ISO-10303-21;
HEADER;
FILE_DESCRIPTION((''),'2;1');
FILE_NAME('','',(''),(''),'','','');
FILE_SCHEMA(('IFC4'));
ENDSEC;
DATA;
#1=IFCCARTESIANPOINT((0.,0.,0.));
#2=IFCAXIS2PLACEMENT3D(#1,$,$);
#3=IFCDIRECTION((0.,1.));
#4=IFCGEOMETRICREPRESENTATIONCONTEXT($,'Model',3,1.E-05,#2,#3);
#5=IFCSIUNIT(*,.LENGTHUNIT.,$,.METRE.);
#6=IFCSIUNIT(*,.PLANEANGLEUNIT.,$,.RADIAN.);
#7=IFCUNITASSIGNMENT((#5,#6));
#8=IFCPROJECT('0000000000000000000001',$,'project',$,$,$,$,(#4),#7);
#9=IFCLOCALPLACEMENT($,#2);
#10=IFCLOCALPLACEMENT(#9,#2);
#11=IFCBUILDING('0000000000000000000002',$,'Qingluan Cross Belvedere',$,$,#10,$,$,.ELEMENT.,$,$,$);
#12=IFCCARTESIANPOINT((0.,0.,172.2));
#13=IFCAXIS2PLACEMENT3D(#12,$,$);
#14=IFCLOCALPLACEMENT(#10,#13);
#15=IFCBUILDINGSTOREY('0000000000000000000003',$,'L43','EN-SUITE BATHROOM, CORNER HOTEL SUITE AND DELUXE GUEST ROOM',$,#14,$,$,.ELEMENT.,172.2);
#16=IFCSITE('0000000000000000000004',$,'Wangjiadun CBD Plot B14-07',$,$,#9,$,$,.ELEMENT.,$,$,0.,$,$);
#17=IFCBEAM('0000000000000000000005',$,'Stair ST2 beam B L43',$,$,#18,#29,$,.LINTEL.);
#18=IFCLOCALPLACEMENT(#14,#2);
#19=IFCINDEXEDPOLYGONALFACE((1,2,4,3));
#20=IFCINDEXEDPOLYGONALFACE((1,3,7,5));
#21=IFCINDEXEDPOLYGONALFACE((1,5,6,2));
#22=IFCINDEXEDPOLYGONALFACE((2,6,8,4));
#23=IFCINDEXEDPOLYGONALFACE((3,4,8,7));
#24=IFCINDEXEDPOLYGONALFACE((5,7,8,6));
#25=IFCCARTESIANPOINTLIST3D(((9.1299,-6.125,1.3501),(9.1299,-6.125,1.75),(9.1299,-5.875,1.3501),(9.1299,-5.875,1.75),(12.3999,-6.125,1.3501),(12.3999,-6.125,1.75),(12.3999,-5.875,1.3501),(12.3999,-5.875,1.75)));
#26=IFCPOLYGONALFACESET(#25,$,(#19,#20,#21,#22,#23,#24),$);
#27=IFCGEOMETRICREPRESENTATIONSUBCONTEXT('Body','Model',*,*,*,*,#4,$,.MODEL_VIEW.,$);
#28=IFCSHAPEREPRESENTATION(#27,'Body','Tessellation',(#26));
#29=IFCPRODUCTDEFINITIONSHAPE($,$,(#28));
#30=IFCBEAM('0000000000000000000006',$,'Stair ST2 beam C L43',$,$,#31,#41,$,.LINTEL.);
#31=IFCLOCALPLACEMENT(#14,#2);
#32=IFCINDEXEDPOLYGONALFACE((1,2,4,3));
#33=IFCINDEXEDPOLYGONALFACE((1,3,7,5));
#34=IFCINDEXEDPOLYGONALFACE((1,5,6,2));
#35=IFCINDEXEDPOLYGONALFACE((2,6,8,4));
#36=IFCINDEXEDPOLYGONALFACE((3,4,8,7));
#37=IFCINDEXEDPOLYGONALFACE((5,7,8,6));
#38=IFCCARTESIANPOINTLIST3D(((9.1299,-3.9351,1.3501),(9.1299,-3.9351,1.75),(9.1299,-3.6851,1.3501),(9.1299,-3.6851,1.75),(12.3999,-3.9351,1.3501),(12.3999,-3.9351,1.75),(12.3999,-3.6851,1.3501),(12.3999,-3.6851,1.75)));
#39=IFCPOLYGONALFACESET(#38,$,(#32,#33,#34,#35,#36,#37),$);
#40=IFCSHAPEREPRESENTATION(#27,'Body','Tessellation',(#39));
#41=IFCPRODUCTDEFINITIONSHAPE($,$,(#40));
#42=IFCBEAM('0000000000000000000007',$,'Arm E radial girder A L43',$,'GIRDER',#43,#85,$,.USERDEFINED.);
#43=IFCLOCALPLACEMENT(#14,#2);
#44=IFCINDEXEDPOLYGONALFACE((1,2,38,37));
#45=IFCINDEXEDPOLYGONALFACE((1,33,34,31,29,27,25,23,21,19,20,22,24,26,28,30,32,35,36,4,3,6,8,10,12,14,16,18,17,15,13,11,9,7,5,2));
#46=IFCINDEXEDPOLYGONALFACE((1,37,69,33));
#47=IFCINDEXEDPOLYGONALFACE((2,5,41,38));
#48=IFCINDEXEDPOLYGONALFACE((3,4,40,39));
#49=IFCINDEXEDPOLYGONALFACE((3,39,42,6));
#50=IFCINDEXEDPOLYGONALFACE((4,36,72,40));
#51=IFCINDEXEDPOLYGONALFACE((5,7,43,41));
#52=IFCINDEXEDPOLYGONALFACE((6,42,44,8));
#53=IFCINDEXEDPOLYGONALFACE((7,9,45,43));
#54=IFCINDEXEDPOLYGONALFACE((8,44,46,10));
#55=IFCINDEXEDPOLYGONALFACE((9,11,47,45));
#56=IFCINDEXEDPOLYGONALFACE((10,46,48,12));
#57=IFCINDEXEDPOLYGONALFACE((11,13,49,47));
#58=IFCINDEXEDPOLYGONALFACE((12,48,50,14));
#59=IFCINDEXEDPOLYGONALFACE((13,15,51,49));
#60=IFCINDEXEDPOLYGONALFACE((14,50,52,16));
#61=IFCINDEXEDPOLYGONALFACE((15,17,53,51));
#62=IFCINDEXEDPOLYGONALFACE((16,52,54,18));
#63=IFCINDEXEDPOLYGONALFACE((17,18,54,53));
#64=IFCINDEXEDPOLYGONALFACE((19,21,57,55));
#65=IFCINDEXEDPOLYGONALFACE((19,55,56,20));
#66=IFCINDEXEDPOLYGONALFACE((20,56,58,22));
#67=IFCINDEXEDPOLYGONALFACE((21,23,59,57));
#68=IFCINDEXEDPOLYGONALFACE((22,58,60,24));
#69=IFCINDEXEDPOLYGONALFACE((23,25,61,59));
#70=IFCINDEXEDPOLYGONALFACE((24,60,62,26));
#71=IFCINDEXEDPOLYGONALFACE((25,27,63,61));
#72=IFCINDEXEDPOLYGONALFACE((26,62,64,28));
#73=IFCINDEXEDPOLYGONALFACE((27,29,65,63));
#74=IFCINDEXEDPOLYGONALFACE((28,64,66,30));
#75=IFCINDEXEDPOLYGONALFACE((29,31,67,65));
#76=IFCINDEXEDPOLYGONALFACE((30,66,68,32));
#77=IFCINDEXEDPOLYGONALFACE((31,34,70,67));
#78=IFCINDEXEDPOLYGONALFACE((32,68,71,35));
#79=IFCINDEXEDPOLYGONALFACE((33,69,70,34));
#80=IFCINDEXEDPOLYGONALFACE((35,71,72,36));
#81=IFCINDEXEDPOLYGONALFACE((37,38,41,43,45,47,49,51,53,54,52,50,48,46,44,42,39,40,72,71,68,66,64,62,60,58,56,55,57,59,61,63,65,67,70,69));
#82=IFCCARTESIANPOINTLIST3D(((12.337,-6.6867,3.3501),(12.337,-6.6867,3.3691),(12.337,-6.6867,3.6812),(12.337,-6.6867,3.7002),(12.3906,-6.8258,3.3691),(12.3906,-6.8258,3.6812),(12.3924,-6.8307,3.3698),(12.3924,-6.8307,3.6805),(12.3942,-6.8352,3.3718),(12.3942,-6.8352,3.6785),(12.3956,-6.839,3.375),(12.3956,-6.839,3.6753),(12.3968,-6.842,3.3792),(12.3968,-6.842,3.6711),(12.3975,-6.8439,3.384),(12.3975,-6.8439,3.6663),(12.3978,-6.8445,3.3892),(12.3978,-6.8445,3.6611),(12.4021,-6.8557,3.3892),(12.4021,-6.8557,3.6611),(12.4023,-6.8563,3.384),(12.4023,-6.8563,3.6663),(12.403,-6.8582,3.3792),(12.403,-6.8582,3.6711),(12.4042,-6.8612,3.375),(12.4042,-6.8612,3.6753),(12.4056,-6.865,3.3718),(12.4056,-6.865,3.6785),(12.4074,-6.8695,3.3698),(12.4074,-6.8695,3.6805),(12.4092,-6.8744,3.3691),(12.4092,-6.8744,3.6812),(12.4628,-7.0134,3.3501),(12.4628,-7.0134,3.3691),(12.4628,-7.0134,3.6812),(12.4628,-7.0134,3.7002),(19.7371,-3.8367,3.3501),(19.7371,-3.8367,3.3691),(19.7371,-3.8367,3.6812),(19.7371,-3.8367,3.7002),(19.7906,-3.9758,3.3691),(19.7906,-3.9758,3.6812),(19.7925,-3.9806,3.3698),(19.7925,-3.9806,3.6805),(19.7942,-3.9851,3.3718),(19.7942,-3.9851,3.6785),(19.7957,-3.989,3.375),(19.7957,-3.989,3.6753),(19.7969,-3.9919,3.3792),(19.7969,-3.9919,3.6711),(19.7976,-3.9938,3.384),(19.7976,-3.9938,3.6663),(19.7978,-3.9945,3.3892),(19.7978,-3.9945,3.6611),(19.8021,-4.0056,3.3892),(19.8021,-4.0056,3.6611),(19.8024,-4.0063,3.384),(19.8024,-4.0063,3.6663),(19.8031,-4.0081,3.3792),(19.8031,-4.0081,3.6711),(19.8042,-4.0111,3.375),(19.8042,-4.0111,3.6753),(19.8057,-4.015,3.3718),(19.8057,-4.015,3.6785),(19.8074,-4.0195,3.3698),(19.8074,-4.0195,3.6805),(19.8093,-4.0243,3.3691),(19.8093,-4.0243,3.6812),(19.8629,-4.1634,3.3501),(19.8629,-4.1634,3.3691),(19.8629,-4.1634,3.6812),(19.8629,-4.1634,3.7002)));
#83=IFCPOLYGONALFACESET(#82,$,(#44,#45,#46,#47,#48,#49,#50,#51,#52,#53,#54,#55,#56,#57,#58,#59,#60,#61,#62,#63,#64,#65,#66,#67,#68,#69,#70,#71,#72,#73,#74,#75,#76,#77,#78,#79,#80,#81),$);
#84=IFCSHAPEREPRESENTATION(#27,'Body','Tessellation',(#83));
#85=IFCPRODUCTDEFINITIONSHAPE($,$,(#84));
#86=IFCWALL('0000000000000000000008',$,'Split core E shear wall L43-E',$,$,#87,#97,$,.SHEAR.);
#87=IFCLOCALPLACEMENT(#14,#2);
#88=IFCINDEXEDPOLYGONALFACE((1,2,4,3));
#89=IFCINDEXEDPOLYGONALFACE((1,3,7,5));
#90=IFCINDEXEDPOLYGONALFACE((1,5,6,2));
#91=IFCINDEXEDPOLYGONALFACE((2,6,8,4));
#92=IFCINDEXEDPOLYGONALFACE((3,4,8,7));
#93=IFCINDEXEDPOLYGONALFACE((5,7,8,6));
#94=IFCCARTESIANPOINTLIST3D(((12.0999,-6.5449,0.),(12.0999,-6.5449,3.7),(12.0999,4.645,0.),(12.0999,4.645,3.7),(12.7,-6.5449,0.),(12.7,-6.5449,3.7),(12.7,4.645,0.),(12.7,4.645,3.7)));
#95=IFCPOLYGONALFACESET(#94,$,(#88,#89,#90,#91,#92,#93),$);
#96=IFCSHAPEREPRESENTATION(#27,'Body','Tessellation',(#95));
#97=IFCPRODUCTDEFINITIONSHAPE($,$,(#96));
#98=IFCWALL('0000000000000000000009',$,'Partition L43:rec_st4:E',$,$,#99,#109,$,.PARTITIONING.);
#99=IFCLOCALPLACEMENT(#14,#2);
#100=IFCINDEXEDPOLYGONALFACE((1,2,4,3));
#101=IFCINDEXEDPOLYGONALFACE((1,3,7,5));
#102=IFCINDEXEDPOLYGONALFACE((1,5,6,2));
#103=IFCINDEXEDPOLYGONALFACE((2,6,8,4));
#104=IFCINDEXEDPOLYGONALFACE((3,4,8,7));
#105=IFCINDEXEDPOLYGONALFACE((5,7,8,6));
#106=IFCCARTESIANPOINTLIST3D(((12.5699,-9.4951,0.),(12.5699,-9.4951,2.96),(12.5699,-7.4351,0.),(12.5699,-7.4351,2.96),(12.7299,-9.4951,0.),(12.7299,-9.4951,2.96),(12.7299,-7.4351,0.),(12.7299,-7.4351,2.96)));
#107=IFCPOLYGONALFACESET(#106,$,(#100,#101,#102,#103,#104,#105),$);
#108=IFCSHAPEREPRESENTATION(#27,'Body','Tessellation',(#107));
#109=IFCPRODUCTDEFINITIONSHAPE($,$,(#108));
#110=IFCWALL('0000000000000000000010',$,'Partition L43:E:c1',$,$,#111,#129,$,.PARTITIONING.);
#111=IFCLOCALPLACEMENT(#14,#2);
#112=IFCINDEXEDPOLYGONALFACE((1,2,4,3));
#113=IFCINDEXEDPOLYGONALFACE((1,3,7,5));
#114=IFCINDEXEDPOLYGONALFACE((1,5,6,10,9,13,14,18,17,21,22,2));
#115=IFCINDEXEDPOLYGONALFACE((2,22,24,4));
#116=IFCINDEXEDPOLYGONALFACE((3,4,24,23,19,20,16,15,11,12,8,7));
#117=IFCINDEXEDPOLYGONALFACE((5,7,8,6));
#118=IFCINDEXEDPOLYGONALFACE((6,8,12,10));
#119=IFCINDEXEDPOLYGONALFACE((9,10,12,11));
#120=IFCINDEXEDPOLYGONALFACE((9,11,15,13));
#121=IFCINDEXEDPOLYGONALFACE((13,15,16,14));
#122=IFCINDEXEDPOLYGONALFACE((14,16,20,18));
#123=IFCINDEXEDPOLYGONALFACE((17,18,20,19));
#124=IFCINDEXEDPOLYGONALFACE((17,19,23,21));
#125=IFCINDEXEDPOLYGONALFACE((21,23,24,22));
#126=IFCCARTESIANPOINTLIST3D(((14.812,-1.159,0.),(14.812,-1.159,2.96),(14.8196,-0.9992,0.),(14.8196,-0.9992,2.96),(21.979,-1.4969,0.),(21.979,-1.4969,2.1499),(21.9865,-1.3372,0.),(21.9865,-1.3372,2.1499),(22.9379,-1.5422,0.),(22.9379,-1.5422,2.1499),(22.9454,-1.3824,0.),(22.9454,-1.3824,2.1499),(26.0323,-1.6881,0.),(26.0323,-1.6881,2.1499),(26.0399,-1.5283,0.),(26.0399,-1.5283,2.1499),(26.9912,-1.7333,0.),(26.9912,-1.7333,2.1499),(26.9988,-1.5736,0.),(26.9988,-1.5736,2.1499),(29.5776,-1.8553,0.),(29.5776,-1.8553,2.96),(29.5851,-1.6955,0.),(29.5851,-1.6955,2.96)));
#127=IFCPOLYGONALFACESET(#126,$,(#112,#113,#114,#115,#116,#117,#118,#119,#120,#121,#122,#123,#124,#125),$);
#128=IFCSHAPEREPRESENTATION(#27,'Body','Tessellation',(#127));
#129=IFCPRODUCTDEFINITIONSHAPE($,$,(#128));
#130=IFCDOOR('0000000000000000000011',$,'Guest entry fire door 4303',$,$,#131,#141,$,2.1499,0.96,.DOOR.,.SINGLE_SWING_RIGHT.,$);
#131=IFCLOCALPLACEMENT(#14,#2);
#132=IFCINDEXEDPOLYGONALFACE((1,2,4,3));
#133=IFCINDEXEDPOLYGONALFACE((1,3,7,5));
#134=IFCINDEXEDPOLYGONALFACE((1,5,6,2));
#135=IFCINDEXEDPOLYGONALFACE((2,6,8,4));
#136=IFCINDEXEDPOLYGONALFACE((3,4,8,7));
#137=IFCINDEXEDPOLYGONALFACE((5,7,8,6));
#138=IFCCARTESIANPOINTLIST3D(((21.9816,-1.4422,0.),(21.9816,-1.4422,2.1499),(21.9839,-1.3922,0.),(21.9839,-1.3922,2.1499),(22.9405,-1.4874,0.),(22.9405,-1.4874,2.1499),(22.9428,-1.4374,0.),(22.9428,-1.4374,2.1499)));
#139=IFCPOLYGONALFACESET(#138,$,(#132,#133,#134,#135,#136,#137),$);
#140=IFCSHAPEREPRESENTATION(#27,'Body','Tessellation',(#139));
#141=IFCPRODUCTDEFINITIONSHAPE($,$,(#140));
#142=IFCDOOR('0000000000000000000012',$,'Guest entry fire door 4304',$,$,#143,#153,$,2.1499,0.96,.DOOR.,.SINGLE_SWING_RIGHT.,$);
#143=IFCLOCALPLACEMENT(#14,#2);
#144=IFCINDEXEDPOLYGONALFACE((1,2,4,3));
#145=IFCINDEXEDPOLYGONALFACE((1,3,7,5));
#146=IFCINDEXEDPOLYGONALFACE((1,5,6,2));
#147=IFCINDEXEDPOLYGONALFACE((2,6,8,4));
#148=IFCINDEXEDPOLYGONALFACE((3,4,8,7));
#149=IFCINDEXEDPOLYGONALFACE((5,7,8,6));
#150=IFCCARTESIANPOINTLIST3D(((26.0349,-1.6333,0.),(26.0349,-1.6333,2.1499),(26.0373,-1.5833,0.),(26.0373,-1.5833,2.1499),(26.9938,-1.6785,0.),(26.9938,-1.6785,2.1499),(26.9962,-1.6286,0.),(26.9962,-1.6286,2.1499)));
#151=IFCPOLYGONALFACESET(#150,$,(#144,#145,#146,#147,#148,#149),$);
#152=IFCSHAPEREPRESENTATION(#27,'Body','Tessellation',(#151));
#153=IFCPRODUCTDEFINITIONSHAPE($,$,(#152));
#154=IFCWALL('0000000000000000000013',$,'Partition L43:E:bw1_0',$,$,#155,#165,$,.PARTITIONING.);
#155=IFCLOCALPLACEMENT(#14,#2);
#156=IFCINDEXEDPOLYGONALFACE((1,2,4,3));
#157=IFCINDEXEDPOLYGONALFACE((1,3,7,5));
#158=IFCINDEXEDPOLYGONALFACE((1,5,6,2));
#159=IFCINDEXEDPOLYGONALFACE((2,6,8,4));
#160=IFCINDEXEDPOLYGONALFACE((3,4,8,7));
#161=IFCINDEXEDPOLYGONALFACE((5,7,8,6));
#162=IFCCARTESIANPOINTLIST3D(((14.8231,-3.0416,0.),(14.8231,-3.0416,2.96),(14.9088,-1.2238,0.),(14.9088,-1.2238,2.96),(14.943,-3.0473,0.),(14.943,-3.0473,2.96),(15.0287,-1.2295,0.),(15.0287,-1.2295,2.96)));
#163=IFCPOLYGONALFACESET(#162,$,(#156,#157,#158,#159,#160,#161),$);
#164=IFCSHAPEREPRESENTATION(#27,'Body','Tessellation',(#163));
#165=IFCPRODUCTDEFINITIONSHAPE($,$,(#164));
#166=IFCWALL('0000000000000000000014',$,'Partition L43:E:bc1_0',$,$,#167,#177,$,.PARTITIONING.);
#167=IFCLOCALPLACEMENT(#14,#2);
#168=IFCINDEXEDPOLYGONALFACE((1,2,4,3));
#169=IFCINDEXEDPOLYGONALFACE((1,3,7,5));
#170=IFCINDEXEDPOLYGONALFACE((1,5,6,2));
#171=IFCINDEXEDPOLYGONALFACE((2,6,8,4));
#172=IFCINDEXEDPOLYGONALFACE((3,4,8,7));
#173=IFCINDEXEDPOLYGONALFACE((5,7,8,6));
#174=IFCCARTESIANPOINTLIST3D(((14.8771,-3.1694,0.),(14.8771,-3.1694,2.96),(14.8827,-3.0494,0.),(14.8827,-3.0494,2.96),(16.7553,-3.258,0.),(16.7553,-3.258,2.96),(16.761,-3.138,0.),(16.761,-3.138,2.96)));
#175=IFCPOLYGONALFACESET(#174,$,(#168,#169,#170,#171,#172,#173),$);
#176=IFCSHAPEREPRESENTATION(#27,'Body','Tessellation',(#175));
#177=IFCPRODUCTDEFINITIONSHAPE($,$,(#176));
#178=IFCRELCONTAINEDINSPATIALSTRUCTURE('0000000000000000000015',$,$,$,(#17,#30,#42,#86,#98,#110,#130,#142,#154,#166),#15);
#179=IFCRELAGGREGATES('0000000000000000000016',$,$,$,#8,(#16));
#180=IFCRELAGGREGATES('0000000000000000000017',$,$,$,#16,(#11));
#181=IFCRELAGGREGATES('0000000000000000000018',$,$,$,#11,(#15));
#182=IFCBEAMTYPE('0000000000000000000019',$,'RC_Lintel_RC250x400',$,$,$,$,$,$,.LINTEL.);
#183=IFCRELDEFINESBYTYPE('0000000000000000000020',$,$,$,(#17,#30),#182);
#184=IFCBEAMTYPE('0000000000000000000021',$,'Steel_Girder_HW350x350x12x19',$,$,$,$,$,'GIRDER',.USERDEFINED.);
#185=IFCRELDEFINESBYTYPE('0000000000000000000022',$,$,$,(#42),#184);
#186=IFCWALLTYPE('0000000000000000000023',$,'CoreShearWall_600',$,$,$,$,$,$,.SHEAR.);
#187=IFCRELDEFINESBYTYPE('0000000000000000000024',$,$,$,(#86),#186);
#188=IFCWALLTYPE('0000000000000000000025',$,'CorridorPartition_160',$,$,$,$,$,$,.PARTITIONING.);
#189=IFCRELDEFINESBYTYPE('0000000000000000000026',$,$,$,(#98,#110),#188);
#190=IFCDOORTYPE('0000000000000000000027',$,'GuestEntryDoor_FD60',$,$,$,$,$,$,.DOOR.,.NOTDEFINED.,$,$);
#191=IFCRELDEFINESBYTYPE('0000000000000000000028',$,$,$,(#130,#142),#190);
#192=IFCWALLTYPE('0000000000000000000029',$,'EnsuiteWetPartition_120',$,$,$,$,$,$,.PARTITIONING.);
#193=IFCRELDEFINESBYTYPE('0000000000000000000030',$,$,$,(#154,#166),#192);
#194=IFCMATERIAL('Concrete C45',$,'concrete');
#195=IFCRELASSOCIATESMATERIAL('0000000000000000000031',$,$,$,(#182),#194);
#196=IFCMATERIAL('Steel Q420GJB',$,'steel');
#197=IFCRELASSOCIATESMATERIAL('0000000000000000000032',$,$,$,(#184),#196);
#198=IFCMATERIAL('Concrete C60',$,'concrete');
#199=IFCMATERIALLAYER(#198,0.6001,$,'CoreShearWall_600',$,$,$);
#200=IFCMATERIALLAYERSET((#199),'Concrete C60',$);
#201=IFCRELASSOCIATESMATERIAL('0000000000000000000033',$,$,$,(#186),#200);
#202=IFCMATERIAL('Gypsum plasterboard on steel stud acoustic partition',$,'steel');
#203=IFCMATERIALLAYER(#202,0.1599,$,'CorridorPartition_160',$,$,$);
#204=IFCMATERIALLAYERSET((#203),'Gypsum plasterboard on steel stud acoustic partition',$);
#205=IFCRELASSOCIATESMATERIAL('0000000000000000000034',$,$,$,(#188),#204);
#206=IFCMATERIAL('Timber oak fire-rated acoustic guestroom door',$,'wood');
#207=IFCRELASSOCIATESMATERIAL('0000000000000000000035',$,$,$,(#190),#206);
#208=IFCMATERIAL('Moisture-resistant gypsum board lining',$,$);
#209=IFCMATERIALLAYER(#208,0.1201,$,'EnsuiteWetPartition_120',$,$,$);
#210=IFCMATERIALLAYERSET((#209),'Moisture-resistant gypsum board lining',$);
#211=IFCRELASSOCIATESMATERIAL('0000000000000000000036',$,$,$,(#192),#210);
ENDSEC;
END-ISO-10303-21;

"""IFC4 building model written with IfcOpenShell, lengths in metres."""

from ifc_helpers import new_model, si_unit, direction, frame, frame_2d, origin, origin_2d, place, context, subcontext, project, spatial, rectangle, i_section, extrude, material, layer, layer_set, material_profile, profile_set, type_object, element, fill, save


model = new_model("IFC4")

# Units and contexts
model_context = context("Model", 3, precision=1e-05, world=origin(), true_north=direction((0.0, 1.0)))
body_context = subcontext(model_context, "Body", "Model", "MODEL_VIEW")
ifc_project = project(units=[si_unit("LENGTHUNIT", "METRE"), si_unit("PLANEANGLEUNIT", "RADIAN")], contexts=[model_context])

# Site, building, storey
site_placement = place(None, origin())
site = spatial("IfcSite", under=ifc_project, at=site_placement, Name="Wangjiadun CBD Plot B14-07", CompositionType="ELEMENT", RefElevation=0.0)
building_placement = place(site_placement, origin())
building = spatial("IfcBuilding", under=site, at=building_placement, Name="Qingluan Cross Belvedere", CompositionType="ELEMENT")
storey_placement = place(building_placement, frame((0.0, 0.0, 172.2)))
storey = spatial("IfcBuildingStorey", under=building, at=storey_placement, Name="L43", Description="EN-SUITE BATHROOM, CORNER HOTEL SUITE AND DELUXE GUEST ROOM", CompositionType="ELEMENT", Elevation=172.2)

# Beams
ifc_material_1 = material(Name="Concrete C45", Category="concrete")
ifc_material_profile_1 = material_profile(ifc_material_1, rectangle(XDim=0.25, YDim=0.3999, at=origin_2d()), Name="RC250x400")
ifc_profile_set_1 = profile_set([ifc_material_profile_1], Name="Concrete C45")
beam_type_1 = type_object("IfcBeamType", Name="RC_Lintel_RC250x400", PredefinedType="LINTEL", material=ifc_profile_set_1)
for number, where, z_axis, x_axis, name in (
    (1, (12.3999, -6.0, 1.55), (-1.0, 0.0, 0.0), (0.0, -1.0, 0.0), "Stair ST2 beam B L43"),
    (2, (12.3999, -3.8101, 1.55), (-1.0, 0.0, 0.0), (0.0, -1.0, 0.0), "Stair ST2 beam C L43"),
):
    element("IfcBeam", number, at=place(storey_placement, frame(where, z_axis=z_axis, x_axis=x_axis)), inside=storey, type_object=beam_type_1, Name=name, PredefinedType="LINTEL", context=body_context, shape_type="SweptSolid", body=[
        extrude(rectangle(XDim=0.25, YDim=0.3999, at=origin_2d()), origin(), (0.0, 0.0, 1.0), 3.27),
    ])
ifc_material_2 = material(Name="Steel Q420GJB", Category="steel")
ifc_material_profile_2 = material_profile(ifc_material_2, i_section(OverallWidth=0.3501, OverallDepth=0.3501, WebThickness=0.012, FlangeThickness=0.019, FilletRadius=0.02, at=origin_2d()), Name="HW350x350x12x19")
ifc_profile_set_2 = profile_set([ifc_material_profile_2], Name="Steel Q420GJB")
beam_type_2 = type_object("IfcBeamType", Name="Steel_Girder_HW350x350x12x19", ElementType="GIRDER", PredefinedType="USERDEFINED", material=ifc_profile_set_2)
beam_placement = place(storey_placement, frame((12.3999, -6.8501, 3.5251), z_axis=(0.933181, 0.359406, 0.0), x_axis=(-0.359406, 0.933181, 0.0)))
element("IfcBeam", 3, at=beam_placement, inside=storey, type_object=beam_type_2, Name="Arm E radial girder A L43", ObjectType="GIRDER", PredefinedType="USERDEFINED", context=body_context, shape_type="SweptSolid", body=[
    extrude(i_section(OverallWidth=0.3501, OverallDepth=0.3501, WebThickness=0.012, FlangeThickness=0.019, FilletRadius=0.02, at=origin_2d()), origin(), (0.0, 0.0, 1.0), 7.9299),
])

# Walls
ifc_material_3 = material(Name="Concrete C60", Category="concrete")
ifc_layer_1 = layer(ifc_material_3, 0.6001, Name="CoreShearWall_600")
ifc_layer_set_1 = layer_set([ifc_layer_1], Name="Concrete C60")
wall_type_1 = type_object("IfcWallType", Name="CoreShearWall_600", PredefinedType="SHEAR", material=ifc_layer_set_1)
wall_1_placement = place(storey_placement, frame((12.3999, -6.5449, 0.0), z_axis=(0.0, 0.0, 1.0), x_axis=(0.0, 1.0, 0.0)))
element("IfcWall", 4, at=wall_1_placement, inside=storey, type_object=wall_type_1, Name="Split core E shear wall L43-E", PredefinedType="SHEAR", context=body_context, shape_type="SweptSolid", body=[
    extrude(rectangle(XDim=11.1899, YDim=0.6001, at=frame_2d((5.595, 0.0))), origin(), (0.0, 0.0, 1.0), 3.7),
])
ifc_material_4 = material(Name="Gypsum plasterboard on steel stud acoustic partition", Category="steel")
ifc_layer_2 = layer(ifc_material_4, 0.1599, Name="CorridorPartition_160")
ifc_layer_set_2 = layer_set([ifc_layer_2], Name="Gypsum plasterboard on steel stud acoustic partition")
wall_type_2 = type_object("IfcWallType", Name="CorridorPartition_160", PredefinedType="PARTITIONING", material=ifc_layer_set_2)
wall_2_placement = place(storey_placement, frame((12.6499, -9.4951, 0.0), z_axis=(0.0, 0.0, 1.0), x_axis=(0.0, 1.0, 0.0)))
element("IfcWall", 5, at=wall_2_placement, inside=storey, type_object=wall_type_2, Name="Partition L43:rec_st4:E", PredefinedType="PARTITIONING", context=body_context, shape_type="SweptSolid", body=[
    extrude(rectangle(XDim=2.0601, YDim=0.1599, at=frame_2d((1.03, 0.0))), origin(), (0.0, 0.0, 1.0), 2.96),
])

# Wall, openings, doors
wall_3_placement = place(storey_placement, frame((14.8157, -1.0791, 0.0), z_axis=(0.0, 0.0, 1.0), x_axis=(0.99889, -0.047104, 0.0)))
wall_3 = element("IfcWall", 6, at=wall_3_placement, inside=storey, type_object=wall_type_2, Name="Partition L43:E:c1", PredefinedType="PARTITIONING", context=body_context, shape_type="SweptSolid", body=[
    extrude(rectangle(XDim=14.782, YDim=0.1599, at=frame_2d((7.3911, 0.0))), origin(), (0.0, 0.0, 1.0), 2.96),
])
opening_1_placement = place(wall_3_placement, frame((7.175, 0.0, 0.0)))
opening_1 = element("IfcOpeningElement", 7, at=opening_1_placement, cuts=wall_3, PredefinedType="OPENING", context=body_context, shape_type="SweptSolid", body=[
    extrude(rectangle(XDim=0.96, YDim=2.1499, at=frame_2d((0.48, 1.075))), frame((0.0, 0.0898, 0.0), z_axis=(0.0, -1.0, 0.0), x_axis=(1.0, 0.0, 0.0)), (0.0, 0.0, 1.0), 0.1799),
])
opening_2_placement = place(wall_3_placement, frame((11.2329, 0.0, 0.0)))
opening_2 = element("IfcOpeningElement", 8, at=opening_2_placement, cuts=wall_3, PredefinedType="OPENING", context=body_context, shape_type="SweptSolid", body=[
    extrude(rectangle(XDim=0.96, YDim=2.1499, at=frame_2d((0.48, 1.075))), frame((0.0, 0.0898, 0.0), z_axis=(0.0, -1.0, 0.0), x_axis=(1.0, 0.0, 0.0)), (0.0, 0.0, 1.0), 0.1799),
])
ifc_material_5 = material(Name="Timber oak fire-rated acoustic guestroom door", Category="wood")
door_type_1 = type_object("IfcDoorType", Name="GuestEntryDoor_FD60", OperationType="NOTDEFINED", PredefinedType="DOOR", material=ifc_material_5)
door_1_placement = place(opening_1_placement, origin())
door_1 = element("IfcDoor", 9, at=door_1_placement, inside=storey, type_object=door_type_1, Name="Guest entry fire door 4303", OperationType="SINGLE_SWING_RIGHT", OverallHeight=2.1499, OverallWidth=0.96, PredefinedType="DOOR", context=body_context, shape_type="SweptSolid", body=[
    extrude(rectangle(XDim=0.96, YDim=2.1499, at=frame_2d((0.48, 1.075))), frame((0.0, 0.0249, 0.0), z_axis=(0.0, -1.0, 0.0), x_axis=(1.0, 0.0, 0.0)), (0.0, 0.0, 1.0), 0.05),
])
fill(opening_1, door_1)
door_2_placement = place(opening_2_placement, origin())
door_2 = element("IfcDoor", 10, at=door_2_placement, inside=storey, type_object=door_type_1, Name="Guest entry fire door 4304", OperationType="SINGLE_SWING_RIGHT", OverallHeight=2.1499, OverallWidth=0.96, PredefinedType="DOOR", context=body_context, shape_type="SweptSolid", body=[
    extrude(rectangle(XDim=0.96, YDim=2.1499, at=frame_2d((0.48, 1.075))), frame((0.0, 0.0249, 0.0), z_axis=(0.0, -1.0, 0.0), x_axis=(1.0, 0.0, 0.0)), (0.0, 0.0, 1.0), 0.05),
])
fill(opening_2, door_2)

# Walls
ifc_material_6 = material(Name="Moisture-resistant gypsum board lining")
ifc_layer_3 = layer(ifc_material_6, 0.1201, Name="EnsuiteWetPartition_120")
ifc_layer_set_3 = layer_set([ifc_layer_3], Name="Moisture-resistant gypsum board lining")
wall_type_3 = type_object("IfcWallType", Name="EnsuiteWetPartition_120", PredefinedType="PARTITIONING", material=ifc_layer_set_3)
wall_4_placement = place(storey_placement, frame((14.8831, -3.0444, 0.0), z_axis=(0.0, 0.0, 1.0), x_axis=(0.047087, 0.998891, 0.0)))
element("IfcWall", 11, at=wall_4_placement, inside=storey, type_object=wall_type_3, Name="Partition L43:E:bw1_0", PredefinedType="PARTITIONING", context=body_context, shape_type="SweptSolid", body=[
    extrude(rectangle(XDim=1.8198, YDim=0.1201, at=frame_2d((0.9099, 0.0))), origin(), (0.0, 0.0, 1.0), 2.96),
])
wall_5_placement = place(storey_placement, frame((14.8799, -3.1094, 0.0), z_axis=(0.0, 0.0, 1.0), x_axis=(0.998889, -0.047133, 0.0)))
element("IfcWall", 12, at=wall_5_placement, inside=storey, type_object=wall_type_3, Name="Partition L43:E:bc1_0", PredefinedType="PARTITIONING", context=body_context, shape_type="SweptSolid", body=[
    extrude(rectangle(XDim=1.8804, YDim=0.1201, at=frame_2d((0.9402, 0.0))), origin(), (0.0, 0.0, 1.0), 2.96),
])

save(model, "model.ifc")
